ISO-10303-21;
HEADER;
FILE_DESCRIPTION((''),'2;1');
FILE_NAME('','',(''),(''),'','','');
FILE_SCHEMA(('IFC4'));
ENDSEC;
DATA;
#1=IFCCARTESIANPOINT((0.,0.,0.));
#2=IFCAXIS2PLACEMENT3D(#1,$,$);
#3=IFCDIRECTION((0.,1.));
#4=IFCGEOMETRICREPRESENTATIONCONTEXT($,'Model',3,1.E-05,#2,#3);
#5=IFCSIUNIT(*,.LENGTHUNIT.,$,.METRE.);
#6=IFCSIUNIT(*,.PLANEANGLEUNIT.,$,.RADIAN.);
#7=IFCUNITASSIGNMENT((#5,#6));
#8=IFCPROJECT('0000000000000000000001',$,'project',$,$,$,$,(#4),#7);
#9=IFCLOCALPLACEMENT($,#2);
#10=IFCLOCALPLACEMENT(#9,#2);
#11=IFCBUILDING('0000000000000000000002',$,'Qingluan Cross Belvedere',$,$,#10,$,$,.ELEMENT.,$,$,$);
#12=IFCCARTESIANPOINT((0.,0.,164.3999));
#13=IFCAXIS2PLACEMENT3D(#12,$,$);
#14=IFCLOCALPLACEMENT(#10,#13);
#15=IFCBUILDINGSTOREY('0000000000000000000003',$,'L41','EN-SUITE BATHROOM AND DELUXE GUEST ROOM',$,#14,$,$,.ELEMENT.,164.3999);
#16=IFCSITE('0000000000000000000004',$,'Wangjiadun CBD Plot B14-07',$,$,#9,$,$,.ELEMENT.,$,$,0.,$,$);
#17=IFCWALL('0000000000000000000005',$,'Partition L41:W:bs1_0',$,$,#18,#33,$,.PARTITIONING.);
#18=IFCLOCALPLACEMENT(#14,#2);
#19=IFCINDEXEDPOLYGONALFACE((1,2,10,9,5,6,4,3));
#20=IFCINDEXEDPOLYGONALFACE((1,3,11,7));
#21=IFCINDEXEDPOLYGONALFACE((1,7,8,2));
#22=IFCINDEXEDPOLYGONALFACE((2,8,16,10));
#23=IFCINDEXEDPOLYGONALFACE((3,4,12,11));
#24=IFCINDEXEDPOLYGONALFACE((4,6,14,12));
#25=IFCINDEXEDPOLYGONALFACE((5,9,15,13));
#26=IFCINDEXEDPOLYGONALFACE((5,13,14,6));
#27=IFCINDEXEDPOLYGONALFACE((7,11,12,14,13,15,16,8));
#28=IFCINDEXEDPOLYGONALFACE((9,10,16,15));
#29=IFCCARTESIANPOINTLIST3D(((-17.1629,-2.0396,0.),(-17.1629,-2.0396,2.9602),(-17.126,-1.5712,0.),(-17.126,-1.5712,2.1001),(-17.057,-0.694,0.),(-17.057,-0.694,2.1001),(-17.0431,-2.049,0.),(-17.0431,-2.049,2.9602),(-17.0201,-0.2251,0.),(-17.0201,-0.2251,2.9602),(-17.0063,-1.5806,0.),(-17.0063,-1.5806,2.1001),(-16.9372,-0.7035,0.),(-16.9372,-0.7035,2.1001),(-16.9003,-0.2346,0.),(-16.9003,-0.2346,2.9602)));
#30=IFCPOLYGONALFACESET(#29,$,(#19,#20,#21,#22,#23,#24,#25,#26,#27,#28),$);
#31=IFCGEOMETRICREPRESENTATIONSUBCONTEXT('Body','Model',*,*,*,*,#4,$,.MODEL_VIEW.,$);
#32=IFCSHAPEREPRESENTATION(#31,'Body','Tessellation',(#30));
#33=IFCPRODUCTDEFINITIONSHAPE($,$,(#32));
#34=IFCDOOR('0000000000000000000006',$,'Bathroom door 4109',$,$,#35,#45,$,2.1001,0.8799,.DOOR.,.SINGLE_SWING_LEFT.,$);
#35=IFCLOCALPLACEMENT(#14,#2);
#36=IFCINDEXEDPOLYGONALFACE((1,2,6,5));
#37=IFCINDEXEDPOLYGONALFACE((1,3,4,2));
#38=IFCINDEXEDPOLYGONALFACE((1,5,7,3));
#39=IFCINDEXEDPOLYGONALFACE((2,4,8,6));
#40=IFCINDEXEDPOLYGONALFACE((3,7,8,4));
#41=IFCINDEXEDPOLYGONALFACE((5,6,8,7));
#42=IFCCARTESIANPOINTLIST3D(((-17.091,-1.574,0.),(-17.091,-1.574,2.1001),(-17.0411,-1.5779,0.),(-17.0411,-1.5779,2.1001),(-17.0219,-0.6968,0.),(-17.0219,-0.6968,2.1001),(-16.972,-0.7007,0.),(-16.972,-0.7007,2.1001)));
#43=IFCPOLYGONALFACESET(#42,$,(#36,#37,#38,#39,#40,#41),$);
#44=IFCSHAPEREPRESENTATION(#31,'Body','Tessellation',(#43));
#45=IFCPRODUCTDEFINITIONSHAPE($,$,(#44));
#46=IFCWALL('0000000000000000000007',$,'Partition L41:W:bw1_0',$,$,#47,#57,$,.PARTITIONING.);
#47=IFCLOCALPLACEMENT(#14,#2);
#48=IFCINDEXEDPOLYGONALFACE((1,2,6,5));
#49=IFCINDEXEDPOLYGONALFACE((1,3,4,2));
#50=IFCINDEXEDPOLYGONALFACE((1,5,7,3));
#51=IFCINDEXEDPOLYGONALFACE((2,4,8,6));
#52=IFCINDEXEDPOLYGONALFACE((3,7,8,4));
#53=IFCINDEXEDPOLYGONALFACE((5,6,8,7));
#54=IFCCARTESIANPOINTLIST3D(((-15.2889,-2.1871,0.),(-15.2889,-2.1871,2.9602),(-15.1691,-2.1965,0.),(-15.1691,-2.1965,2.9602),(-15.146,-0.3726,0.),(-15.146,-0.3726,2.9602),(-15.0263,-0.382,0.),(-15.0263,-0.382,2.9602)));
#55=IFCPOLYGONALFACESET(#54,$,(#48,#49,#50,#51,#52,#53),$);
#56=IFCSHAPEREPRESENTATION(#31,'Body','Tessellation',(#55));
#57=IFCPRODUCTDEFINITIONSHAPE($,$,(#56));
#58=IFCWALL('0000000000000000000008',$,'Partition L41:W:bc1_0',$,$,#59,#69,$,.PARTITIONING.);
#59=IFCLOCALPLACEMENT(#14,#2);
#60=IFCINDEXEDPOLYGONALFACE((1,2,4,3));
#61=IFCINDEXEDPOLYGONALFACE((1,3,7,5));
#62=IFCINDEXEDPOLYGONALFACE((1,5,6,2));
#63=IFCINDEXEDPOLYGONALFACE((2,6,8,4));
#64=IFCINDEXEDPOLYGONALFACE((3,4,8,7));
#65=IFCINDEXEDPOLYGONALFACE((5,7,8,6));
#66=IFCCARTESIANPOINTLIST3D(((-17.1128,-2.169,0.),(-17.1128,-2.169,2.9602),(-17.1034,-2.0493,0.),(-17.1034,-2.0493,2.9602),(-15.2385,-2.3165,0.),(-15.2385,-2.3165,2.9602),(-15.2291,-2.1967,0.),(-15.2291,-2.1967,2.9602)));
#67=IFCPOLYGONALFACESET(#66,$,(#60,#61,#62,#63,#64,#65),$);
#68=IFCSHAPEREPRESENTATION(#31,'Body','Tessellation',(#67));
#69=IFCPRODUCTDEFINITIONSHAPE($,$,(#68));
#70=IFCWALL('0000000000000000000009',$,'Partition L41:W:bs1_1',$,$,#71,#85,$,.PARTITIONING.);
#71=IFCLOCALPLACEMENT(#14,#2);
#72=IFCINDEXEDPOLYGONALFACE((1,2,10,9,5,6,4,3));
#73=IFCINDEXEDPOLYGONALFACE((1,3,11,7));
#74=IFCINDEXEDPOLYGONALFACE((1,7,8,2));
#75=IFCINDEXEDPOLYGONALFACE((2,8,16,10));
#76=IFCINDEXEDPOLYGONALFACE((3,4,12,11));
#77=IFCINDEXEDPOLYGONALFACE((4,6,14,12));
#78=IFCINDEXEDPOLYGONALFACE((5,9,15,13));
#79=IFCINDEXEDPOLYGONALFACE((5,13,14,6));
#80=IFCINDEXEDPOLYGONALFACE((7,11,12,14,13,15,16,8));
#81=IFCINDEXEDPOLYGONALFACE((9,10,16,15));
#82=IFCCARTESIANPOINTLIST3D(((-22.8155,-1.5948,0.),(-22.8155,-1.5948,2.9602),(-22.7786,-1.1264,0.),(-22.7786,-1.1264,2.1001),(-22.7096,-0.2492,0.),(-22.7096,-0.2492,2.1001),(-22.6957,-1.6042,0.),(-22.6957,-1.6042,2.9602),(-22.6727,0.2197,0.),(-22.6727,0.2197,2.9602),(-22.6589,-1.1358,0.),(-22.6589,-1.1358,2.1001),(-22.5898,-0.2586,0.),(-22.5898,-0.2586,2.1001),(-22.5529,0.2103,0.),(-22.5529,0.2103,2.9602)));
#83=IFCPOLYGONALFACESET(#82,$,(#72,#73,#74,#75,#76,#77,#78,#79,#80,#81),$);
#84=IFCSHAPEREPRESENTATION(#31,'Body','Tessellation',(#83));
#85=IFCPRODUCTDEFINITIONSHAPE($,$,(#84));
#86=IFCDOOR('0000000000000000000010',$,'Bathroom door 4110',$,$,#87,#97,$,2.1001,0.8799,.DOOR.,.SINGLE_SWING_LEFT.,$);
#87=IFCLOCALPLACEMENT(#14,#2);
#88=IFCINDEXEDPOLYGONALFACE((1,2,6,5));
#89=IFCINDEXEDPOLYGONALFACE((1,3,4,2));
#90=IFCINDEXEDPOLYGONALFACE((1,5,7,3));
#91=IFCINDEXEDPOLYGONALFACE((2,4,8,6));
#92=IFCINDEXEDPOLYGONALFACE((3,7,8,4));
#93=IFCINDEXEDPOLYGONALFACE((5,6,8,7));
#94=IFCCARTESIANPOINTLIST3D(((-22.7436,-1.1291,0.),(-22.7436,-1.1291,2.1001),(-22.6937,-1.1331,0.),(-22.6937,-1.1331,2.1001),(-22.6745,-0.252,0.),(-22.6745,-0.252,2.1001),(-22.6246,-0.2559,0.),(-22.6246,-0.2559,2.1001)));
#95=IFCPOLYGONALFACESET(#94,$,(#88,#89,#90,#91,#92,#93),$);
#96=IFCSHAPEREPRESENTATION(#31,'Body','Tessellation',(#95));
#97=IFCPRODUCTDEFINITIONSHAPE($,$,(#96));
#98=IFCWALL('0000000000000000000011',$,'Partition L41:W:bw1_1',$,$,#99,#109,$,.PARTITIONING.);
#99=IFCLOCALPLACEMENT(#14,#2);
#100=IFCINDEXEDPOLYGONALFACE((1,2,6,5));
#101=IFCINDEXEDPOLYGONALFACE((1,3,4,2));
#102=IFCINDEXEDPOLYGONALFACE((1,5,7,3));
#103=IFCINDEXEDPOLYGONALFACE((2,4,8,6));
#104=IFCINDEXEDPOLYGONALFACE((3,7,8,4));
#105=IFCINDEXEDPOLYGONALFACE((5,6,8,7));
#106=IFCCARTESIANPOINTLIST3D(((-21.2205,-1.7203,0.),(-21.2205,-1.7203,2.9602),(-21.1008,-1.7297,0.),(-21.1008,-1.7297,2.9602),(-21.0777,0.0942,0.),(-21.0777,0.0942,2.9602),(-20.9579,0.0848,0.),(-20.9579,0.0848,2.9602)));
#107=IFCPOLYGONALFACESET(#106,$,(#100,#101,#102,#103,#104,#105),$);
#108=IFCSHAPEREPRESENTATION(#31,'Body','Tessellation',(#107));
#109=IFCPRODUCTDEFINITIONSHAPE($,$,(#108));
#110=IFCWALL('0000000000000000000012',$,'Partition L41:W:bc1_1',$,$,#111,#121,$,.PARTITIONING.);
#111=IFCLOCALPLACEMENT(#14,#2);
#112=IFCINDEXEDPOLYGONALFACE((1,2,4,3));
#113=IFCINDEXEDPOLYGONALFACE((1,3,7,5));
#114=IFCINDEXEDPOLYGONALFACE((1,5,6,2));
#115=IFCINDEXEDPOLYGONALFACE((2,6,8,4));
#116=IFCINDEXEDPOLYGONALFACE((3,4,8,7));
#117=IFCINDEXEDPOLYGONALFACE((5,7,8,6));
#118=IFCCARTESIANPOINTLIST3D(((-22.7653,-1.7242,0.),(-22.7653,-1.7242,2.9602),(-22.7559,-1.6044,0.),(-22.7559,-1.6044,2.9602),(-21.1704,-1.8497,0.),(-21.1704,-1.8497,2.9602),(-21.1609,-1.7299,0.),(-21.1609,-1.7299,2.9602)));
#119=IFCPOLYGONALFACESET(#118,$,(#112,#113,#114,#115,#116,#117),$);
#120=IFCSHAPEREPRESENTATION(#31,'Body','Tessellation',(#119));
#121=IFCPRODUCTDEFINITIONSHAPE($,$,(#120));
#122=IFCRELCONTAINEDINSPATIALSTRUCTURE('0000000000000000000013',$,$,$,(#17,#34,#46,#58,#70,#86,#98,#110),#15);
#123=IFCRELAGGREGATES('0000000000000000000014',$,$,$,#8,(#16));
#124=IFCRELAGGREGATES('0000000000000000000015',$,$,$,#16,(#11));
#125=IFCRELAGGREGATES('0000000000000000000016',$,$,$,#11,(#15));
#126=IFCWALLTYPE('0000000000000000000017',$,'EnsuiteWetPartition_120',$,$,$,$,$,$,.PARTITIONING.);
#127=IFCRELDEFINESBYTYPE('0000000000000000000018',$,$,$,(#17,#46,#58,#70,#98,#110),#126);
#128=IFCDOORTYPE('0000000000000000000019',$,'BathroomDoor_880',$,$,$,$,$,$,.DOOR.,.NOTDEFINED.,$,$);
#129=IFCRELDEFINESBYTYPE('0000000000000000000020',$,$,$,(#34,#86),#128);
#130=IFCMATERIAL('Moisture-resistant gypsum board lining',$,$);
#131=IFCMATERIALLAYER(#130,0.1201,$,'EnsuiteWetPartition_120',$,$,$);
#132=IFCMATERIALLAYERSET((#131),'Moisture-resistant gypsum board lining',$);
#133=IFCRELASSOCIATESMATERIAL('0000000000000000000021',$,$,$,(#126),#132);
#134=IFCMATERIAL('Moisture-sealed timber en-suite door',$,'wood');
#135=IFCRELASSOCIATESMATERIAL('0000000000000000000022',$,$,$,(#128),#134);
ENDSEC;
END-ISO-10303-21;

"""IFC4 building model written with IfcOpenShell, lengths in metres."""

from ifc_helpers import new_model, si_unit, direction, frame, frame_2d, origin, place, context, subcontext, project, spatial, rectangle, extrude, material, layer, layer_set, type_object, element, fill, save


model = new_model("IFC4")

# Units and contexts
model_context = context("Model", 3, precision=1e-05, world=origin(), true_north=direction((0.0, 1.0)))
body_context = subcontext(model_context, "Body", "Model", "MODEL_VIEW")
ifc_project = project(units=[si_unit("LENGTHUNIT", "METRE"), si_unit("PLANEANGLEUNIT", "RADIAN")], contexts=[model_context])

# Site, building, storey
site_placement = place(None, origin())
site = spatial("IfcSite", under=ifc_project, at=site_placement, Name="Wangjiadun CBD Plot B14-07", CompositionType="ELEMENT", RefElevation=0.0)
building_placement = place(site_placement, origin())
building = spatial("IfcBuilding", under=site, at=building_placement, Name="Qingluan Cross Belvedere", CompositionType="ELEMENT")
storey_placement = place(building_placement, frame((0.0, 0.0, 164.3999)))
storey = spatial("IfcBuildingStorey", under=building, at=storey_placement, Name="L41", Description="EN-SUITE BATHROOM AND DELUXE GUEST ROOM", CompositionType="ELEMENT", Elevation=164.3999)

# Wall, opening, door
ifc_material_1 = material(Name="Moisture-resistant gypsum board lining")
ifc_layer_1 = layer(ifc_material_1, 0.1201, Name="EnsuiteWetPartition_120")
ifc_layer_set_1 = layer_set([ifc_layer_1], Name="Moisture-resistant gypsum board lining")
wall_type_1 = type_object("IfcWallType", Name="EnsuiteWetPartition_120", PredefinedType="PARTITIONING", material=ifc_layer_set_1)
wall_1_placement = place(storey_placement, frame((-17.103, -2.0444, 0.0), z_axis=(0.0, 0.0, 1.0), x_axis=(0.078471, 0.996916, 0.0)))
wall_1 = element("IfcWall", 1, at=wall_1_placement, inside=storey, type_object=wall_type_1, Name="Partition L41:W:bs1_0", PredefinedType="PARTITIONING", context=body_context, shape_type="SweptSolid", body=[
    extrude(rectangle(XDim=1.8201, YDim=0.1201, at=frame_2d((0.9102, 0.0))), origin(), (0.0, 0.0, 1.0), 2.9602),
])
opening_1_placement = place(wall_1_placement, frame((0.47, 0.0, 0.0)))
opening_1 = element("IfcOpeningElement", 2, at=opening_1_placement, cuts=wall_1, PredefinedType="OPENING", context=body_context, shape_type="SweptSolid", body=[
    extrude(rectangle(XDim=0.8799, YDim=2.1001, at=frame_2d((0.4399, 1.05))), frame((0.0, 0.0701, 0.0), z_axis=(0.0, -1.0, 0.0), x_axis=(1.0, 0.0, 0.0)), (0.0, 0.0, 1.0), 0.1401),
])
ifc_material_2 = material(Name="Moisture-sealed timber en-suite door", Category="wood")
door_type_1 = type_object("IfcDoorType", Name="BathroomDoor_880", OperationType="NOTDEFINED", PredefinedType="DOOR", material=ifc_material_2)
door_1_placement = place(opening_1_placement, origin())
door_1 = element("IfcDoor", 3, at=door_1_placement, inside=storey, type_object=door_type_1, Name="Bathroom door 4109", OperationType="SINGLE_SWING_LEFT", OverallHeight=2.1001, OverallWidth=0.8799, PredefinedType="DOOR", context=body_context, shape_type="SweptSolid", body=[
    extrude(rectangle(XDim=0.8799, YDim=2.1001, at=frame_2d((0.4399, 1.05))), frame((0.0, 0.0249, 0.0), z_axis=(0.0, -1.0, 0.0), x_axis=(1.0, 0.0, 0.0)), (0.0, 0.0, 1.0), 0.05),
])
fill(opening_1, door_1)

# Walls
wall_2_placement = place(storey_placement, frame((-15.229, -2.1919, 0.0), z_axis=(0.0, 0.0, 1.0), x_axis=(0.078471, 0.996916, 0.0)))
element("IfcWall", 4, at=wall_2_placement, inside=storey, type_object=wall_type_1, Name="Partition L41:W:bw1_0", PredefinedType="PARTITIONING", context=body_context, shape_type="SweptSolid", body=[
    extrude(rectangle(XDim=1.8201, YDim=0.1201, at=frame_2d((0.9102, 0.0))), origin(), (0.0, 0.0, 1.0), 2.9602),
])
wall_3_placement = place(storey_placement, frame((-15.2339, -2.2566, 0.0), z_axis=(0.0, 0.0, 1.0), x_axis=(-0.996919, 0.078434, 0.0)))
element("IfcWall", 5, at=wall_3_placement, inside=storey, type_object=wall_type_1, Name="Partition L41:W:bc1_0", PredefinedType="PARTITIONING", context=body_context, shape_type="SweptSolid", body=[
    extrude(rectangle(XDim=1.8801, YDim=0.1201, at=frame_2d((0.9399, 0.0))), origin(), (0.0, 0.0, 1.0), 2.9602),
])

# Wall, opening, door
wall_4_placement = place(storey_placement, frame((-22.7556, -1.5996, 0.0), z_axis=(0.0, 0.0, 1.0), x_axis=(0.078471, 0.996916, 0.0)))
wall_4 = element("IfcWall", 6, at=wall_4_placement, inside=storey, type_object=wall_type_1, Name="Partition L41:W:bs1_1", PredefinedType="PARTITIONING", context=body_context, shape_type="SweptSolid", body=[
    extrude(rectangle(XDim=1.8201, YDim=0.1201, at=frame_2d((0.9102, 0.0))), origin(), (0.0, 0.0, 1.0), 2.9602),
])
opening_2_placement = place(wall_4_placement, frame((0.47, 0.0, 0.0)))
opening_2 = element("IfcOpeningElement", 7, at=opening_2_placement, cuts=wall_4, PredefinedType="OPENING", context=body_context, shape_type="SweptSolid", body=[
    extrude(rectangle(XDim=0.8799, YDim=2.1001, at=frame_2d((0.4399, 1.05))), frame((0.0, 0.0701, 0.0), z_axis=(0.0, -1.0, 0.0), x_axis=(1.0, 0.0, 0.0)), (0.0, 0.0, 1.0), 0.1401),
])
door_2_placement = place(opening_2_placement, origin())
door_2 = element("IfcDoor", 8, at=door_2_placement, inside=storey, type_object=door_type_1, Name="Bathroom door 4110", OperationType="SINGLE_SWING_LEFT", OverallHeight=2.1001, OverallWidth=0.8799, PredefinedType="DOOR", context=body_context, shape_type="SweptSolid", body=[
    extrude(rectangle(XDim=0.8799, YDim=2.1001, at=frame_2d((0.4399, 1.05))), frame((0.0, 0.0249, 0.0), z_axis=(0.0, -1.0, 0.0), x_axis=(1.0, 0.0, 0.0)), (0.0, 0.0, 1.0), 0.05),
])
fill(opening_2, door_2)

# Walls
wall_5_placement = place(storey_placement, frame((-21.1606, -1.7251, 0.0), z_axis=(0.0, 0.0, 1.0), x_axis=(0.078471, 0.996916, 0.0)))
element("IfcWall", 9, at=wall_5_placement, inside=storey, type_object=wall_type_1, Name="Partition L41:W:bw1_1", PredefinedType="PARTITIONING", context=body_context, shape_type="SweptSolid", body=[
    extrude(rectangle(XDim=1.8201, YDim=0.1201, at=frame_2d((0.9102, 0.0))), origin(), (0.0, 0.0, 1.0), 2.9602),
])
wall_6_placement = place(storey_placement, frame((-21.1658, -1.7898, 0.0), z_axis=(0.0, 0.0, 1.0), x_axis=(-0.996919, 0.078435, 0.0)))
element("IfcWall", 10, at=wall_6_placement, inside=storey, type_object=wall_type_1, Name="Partition L41:W:bc1_1", PredefinedType="PARTITIONING", context=body_context, shape_type="SweptSolid", body=[
    extrude(rectangle(XDim=1.5999, YDim=0.1201, at=frame_2d((0.7998, 0.0))), origin(), (0.0, 0.0, 1.0), 2.9602),
])

save(model, "model.ifc")
